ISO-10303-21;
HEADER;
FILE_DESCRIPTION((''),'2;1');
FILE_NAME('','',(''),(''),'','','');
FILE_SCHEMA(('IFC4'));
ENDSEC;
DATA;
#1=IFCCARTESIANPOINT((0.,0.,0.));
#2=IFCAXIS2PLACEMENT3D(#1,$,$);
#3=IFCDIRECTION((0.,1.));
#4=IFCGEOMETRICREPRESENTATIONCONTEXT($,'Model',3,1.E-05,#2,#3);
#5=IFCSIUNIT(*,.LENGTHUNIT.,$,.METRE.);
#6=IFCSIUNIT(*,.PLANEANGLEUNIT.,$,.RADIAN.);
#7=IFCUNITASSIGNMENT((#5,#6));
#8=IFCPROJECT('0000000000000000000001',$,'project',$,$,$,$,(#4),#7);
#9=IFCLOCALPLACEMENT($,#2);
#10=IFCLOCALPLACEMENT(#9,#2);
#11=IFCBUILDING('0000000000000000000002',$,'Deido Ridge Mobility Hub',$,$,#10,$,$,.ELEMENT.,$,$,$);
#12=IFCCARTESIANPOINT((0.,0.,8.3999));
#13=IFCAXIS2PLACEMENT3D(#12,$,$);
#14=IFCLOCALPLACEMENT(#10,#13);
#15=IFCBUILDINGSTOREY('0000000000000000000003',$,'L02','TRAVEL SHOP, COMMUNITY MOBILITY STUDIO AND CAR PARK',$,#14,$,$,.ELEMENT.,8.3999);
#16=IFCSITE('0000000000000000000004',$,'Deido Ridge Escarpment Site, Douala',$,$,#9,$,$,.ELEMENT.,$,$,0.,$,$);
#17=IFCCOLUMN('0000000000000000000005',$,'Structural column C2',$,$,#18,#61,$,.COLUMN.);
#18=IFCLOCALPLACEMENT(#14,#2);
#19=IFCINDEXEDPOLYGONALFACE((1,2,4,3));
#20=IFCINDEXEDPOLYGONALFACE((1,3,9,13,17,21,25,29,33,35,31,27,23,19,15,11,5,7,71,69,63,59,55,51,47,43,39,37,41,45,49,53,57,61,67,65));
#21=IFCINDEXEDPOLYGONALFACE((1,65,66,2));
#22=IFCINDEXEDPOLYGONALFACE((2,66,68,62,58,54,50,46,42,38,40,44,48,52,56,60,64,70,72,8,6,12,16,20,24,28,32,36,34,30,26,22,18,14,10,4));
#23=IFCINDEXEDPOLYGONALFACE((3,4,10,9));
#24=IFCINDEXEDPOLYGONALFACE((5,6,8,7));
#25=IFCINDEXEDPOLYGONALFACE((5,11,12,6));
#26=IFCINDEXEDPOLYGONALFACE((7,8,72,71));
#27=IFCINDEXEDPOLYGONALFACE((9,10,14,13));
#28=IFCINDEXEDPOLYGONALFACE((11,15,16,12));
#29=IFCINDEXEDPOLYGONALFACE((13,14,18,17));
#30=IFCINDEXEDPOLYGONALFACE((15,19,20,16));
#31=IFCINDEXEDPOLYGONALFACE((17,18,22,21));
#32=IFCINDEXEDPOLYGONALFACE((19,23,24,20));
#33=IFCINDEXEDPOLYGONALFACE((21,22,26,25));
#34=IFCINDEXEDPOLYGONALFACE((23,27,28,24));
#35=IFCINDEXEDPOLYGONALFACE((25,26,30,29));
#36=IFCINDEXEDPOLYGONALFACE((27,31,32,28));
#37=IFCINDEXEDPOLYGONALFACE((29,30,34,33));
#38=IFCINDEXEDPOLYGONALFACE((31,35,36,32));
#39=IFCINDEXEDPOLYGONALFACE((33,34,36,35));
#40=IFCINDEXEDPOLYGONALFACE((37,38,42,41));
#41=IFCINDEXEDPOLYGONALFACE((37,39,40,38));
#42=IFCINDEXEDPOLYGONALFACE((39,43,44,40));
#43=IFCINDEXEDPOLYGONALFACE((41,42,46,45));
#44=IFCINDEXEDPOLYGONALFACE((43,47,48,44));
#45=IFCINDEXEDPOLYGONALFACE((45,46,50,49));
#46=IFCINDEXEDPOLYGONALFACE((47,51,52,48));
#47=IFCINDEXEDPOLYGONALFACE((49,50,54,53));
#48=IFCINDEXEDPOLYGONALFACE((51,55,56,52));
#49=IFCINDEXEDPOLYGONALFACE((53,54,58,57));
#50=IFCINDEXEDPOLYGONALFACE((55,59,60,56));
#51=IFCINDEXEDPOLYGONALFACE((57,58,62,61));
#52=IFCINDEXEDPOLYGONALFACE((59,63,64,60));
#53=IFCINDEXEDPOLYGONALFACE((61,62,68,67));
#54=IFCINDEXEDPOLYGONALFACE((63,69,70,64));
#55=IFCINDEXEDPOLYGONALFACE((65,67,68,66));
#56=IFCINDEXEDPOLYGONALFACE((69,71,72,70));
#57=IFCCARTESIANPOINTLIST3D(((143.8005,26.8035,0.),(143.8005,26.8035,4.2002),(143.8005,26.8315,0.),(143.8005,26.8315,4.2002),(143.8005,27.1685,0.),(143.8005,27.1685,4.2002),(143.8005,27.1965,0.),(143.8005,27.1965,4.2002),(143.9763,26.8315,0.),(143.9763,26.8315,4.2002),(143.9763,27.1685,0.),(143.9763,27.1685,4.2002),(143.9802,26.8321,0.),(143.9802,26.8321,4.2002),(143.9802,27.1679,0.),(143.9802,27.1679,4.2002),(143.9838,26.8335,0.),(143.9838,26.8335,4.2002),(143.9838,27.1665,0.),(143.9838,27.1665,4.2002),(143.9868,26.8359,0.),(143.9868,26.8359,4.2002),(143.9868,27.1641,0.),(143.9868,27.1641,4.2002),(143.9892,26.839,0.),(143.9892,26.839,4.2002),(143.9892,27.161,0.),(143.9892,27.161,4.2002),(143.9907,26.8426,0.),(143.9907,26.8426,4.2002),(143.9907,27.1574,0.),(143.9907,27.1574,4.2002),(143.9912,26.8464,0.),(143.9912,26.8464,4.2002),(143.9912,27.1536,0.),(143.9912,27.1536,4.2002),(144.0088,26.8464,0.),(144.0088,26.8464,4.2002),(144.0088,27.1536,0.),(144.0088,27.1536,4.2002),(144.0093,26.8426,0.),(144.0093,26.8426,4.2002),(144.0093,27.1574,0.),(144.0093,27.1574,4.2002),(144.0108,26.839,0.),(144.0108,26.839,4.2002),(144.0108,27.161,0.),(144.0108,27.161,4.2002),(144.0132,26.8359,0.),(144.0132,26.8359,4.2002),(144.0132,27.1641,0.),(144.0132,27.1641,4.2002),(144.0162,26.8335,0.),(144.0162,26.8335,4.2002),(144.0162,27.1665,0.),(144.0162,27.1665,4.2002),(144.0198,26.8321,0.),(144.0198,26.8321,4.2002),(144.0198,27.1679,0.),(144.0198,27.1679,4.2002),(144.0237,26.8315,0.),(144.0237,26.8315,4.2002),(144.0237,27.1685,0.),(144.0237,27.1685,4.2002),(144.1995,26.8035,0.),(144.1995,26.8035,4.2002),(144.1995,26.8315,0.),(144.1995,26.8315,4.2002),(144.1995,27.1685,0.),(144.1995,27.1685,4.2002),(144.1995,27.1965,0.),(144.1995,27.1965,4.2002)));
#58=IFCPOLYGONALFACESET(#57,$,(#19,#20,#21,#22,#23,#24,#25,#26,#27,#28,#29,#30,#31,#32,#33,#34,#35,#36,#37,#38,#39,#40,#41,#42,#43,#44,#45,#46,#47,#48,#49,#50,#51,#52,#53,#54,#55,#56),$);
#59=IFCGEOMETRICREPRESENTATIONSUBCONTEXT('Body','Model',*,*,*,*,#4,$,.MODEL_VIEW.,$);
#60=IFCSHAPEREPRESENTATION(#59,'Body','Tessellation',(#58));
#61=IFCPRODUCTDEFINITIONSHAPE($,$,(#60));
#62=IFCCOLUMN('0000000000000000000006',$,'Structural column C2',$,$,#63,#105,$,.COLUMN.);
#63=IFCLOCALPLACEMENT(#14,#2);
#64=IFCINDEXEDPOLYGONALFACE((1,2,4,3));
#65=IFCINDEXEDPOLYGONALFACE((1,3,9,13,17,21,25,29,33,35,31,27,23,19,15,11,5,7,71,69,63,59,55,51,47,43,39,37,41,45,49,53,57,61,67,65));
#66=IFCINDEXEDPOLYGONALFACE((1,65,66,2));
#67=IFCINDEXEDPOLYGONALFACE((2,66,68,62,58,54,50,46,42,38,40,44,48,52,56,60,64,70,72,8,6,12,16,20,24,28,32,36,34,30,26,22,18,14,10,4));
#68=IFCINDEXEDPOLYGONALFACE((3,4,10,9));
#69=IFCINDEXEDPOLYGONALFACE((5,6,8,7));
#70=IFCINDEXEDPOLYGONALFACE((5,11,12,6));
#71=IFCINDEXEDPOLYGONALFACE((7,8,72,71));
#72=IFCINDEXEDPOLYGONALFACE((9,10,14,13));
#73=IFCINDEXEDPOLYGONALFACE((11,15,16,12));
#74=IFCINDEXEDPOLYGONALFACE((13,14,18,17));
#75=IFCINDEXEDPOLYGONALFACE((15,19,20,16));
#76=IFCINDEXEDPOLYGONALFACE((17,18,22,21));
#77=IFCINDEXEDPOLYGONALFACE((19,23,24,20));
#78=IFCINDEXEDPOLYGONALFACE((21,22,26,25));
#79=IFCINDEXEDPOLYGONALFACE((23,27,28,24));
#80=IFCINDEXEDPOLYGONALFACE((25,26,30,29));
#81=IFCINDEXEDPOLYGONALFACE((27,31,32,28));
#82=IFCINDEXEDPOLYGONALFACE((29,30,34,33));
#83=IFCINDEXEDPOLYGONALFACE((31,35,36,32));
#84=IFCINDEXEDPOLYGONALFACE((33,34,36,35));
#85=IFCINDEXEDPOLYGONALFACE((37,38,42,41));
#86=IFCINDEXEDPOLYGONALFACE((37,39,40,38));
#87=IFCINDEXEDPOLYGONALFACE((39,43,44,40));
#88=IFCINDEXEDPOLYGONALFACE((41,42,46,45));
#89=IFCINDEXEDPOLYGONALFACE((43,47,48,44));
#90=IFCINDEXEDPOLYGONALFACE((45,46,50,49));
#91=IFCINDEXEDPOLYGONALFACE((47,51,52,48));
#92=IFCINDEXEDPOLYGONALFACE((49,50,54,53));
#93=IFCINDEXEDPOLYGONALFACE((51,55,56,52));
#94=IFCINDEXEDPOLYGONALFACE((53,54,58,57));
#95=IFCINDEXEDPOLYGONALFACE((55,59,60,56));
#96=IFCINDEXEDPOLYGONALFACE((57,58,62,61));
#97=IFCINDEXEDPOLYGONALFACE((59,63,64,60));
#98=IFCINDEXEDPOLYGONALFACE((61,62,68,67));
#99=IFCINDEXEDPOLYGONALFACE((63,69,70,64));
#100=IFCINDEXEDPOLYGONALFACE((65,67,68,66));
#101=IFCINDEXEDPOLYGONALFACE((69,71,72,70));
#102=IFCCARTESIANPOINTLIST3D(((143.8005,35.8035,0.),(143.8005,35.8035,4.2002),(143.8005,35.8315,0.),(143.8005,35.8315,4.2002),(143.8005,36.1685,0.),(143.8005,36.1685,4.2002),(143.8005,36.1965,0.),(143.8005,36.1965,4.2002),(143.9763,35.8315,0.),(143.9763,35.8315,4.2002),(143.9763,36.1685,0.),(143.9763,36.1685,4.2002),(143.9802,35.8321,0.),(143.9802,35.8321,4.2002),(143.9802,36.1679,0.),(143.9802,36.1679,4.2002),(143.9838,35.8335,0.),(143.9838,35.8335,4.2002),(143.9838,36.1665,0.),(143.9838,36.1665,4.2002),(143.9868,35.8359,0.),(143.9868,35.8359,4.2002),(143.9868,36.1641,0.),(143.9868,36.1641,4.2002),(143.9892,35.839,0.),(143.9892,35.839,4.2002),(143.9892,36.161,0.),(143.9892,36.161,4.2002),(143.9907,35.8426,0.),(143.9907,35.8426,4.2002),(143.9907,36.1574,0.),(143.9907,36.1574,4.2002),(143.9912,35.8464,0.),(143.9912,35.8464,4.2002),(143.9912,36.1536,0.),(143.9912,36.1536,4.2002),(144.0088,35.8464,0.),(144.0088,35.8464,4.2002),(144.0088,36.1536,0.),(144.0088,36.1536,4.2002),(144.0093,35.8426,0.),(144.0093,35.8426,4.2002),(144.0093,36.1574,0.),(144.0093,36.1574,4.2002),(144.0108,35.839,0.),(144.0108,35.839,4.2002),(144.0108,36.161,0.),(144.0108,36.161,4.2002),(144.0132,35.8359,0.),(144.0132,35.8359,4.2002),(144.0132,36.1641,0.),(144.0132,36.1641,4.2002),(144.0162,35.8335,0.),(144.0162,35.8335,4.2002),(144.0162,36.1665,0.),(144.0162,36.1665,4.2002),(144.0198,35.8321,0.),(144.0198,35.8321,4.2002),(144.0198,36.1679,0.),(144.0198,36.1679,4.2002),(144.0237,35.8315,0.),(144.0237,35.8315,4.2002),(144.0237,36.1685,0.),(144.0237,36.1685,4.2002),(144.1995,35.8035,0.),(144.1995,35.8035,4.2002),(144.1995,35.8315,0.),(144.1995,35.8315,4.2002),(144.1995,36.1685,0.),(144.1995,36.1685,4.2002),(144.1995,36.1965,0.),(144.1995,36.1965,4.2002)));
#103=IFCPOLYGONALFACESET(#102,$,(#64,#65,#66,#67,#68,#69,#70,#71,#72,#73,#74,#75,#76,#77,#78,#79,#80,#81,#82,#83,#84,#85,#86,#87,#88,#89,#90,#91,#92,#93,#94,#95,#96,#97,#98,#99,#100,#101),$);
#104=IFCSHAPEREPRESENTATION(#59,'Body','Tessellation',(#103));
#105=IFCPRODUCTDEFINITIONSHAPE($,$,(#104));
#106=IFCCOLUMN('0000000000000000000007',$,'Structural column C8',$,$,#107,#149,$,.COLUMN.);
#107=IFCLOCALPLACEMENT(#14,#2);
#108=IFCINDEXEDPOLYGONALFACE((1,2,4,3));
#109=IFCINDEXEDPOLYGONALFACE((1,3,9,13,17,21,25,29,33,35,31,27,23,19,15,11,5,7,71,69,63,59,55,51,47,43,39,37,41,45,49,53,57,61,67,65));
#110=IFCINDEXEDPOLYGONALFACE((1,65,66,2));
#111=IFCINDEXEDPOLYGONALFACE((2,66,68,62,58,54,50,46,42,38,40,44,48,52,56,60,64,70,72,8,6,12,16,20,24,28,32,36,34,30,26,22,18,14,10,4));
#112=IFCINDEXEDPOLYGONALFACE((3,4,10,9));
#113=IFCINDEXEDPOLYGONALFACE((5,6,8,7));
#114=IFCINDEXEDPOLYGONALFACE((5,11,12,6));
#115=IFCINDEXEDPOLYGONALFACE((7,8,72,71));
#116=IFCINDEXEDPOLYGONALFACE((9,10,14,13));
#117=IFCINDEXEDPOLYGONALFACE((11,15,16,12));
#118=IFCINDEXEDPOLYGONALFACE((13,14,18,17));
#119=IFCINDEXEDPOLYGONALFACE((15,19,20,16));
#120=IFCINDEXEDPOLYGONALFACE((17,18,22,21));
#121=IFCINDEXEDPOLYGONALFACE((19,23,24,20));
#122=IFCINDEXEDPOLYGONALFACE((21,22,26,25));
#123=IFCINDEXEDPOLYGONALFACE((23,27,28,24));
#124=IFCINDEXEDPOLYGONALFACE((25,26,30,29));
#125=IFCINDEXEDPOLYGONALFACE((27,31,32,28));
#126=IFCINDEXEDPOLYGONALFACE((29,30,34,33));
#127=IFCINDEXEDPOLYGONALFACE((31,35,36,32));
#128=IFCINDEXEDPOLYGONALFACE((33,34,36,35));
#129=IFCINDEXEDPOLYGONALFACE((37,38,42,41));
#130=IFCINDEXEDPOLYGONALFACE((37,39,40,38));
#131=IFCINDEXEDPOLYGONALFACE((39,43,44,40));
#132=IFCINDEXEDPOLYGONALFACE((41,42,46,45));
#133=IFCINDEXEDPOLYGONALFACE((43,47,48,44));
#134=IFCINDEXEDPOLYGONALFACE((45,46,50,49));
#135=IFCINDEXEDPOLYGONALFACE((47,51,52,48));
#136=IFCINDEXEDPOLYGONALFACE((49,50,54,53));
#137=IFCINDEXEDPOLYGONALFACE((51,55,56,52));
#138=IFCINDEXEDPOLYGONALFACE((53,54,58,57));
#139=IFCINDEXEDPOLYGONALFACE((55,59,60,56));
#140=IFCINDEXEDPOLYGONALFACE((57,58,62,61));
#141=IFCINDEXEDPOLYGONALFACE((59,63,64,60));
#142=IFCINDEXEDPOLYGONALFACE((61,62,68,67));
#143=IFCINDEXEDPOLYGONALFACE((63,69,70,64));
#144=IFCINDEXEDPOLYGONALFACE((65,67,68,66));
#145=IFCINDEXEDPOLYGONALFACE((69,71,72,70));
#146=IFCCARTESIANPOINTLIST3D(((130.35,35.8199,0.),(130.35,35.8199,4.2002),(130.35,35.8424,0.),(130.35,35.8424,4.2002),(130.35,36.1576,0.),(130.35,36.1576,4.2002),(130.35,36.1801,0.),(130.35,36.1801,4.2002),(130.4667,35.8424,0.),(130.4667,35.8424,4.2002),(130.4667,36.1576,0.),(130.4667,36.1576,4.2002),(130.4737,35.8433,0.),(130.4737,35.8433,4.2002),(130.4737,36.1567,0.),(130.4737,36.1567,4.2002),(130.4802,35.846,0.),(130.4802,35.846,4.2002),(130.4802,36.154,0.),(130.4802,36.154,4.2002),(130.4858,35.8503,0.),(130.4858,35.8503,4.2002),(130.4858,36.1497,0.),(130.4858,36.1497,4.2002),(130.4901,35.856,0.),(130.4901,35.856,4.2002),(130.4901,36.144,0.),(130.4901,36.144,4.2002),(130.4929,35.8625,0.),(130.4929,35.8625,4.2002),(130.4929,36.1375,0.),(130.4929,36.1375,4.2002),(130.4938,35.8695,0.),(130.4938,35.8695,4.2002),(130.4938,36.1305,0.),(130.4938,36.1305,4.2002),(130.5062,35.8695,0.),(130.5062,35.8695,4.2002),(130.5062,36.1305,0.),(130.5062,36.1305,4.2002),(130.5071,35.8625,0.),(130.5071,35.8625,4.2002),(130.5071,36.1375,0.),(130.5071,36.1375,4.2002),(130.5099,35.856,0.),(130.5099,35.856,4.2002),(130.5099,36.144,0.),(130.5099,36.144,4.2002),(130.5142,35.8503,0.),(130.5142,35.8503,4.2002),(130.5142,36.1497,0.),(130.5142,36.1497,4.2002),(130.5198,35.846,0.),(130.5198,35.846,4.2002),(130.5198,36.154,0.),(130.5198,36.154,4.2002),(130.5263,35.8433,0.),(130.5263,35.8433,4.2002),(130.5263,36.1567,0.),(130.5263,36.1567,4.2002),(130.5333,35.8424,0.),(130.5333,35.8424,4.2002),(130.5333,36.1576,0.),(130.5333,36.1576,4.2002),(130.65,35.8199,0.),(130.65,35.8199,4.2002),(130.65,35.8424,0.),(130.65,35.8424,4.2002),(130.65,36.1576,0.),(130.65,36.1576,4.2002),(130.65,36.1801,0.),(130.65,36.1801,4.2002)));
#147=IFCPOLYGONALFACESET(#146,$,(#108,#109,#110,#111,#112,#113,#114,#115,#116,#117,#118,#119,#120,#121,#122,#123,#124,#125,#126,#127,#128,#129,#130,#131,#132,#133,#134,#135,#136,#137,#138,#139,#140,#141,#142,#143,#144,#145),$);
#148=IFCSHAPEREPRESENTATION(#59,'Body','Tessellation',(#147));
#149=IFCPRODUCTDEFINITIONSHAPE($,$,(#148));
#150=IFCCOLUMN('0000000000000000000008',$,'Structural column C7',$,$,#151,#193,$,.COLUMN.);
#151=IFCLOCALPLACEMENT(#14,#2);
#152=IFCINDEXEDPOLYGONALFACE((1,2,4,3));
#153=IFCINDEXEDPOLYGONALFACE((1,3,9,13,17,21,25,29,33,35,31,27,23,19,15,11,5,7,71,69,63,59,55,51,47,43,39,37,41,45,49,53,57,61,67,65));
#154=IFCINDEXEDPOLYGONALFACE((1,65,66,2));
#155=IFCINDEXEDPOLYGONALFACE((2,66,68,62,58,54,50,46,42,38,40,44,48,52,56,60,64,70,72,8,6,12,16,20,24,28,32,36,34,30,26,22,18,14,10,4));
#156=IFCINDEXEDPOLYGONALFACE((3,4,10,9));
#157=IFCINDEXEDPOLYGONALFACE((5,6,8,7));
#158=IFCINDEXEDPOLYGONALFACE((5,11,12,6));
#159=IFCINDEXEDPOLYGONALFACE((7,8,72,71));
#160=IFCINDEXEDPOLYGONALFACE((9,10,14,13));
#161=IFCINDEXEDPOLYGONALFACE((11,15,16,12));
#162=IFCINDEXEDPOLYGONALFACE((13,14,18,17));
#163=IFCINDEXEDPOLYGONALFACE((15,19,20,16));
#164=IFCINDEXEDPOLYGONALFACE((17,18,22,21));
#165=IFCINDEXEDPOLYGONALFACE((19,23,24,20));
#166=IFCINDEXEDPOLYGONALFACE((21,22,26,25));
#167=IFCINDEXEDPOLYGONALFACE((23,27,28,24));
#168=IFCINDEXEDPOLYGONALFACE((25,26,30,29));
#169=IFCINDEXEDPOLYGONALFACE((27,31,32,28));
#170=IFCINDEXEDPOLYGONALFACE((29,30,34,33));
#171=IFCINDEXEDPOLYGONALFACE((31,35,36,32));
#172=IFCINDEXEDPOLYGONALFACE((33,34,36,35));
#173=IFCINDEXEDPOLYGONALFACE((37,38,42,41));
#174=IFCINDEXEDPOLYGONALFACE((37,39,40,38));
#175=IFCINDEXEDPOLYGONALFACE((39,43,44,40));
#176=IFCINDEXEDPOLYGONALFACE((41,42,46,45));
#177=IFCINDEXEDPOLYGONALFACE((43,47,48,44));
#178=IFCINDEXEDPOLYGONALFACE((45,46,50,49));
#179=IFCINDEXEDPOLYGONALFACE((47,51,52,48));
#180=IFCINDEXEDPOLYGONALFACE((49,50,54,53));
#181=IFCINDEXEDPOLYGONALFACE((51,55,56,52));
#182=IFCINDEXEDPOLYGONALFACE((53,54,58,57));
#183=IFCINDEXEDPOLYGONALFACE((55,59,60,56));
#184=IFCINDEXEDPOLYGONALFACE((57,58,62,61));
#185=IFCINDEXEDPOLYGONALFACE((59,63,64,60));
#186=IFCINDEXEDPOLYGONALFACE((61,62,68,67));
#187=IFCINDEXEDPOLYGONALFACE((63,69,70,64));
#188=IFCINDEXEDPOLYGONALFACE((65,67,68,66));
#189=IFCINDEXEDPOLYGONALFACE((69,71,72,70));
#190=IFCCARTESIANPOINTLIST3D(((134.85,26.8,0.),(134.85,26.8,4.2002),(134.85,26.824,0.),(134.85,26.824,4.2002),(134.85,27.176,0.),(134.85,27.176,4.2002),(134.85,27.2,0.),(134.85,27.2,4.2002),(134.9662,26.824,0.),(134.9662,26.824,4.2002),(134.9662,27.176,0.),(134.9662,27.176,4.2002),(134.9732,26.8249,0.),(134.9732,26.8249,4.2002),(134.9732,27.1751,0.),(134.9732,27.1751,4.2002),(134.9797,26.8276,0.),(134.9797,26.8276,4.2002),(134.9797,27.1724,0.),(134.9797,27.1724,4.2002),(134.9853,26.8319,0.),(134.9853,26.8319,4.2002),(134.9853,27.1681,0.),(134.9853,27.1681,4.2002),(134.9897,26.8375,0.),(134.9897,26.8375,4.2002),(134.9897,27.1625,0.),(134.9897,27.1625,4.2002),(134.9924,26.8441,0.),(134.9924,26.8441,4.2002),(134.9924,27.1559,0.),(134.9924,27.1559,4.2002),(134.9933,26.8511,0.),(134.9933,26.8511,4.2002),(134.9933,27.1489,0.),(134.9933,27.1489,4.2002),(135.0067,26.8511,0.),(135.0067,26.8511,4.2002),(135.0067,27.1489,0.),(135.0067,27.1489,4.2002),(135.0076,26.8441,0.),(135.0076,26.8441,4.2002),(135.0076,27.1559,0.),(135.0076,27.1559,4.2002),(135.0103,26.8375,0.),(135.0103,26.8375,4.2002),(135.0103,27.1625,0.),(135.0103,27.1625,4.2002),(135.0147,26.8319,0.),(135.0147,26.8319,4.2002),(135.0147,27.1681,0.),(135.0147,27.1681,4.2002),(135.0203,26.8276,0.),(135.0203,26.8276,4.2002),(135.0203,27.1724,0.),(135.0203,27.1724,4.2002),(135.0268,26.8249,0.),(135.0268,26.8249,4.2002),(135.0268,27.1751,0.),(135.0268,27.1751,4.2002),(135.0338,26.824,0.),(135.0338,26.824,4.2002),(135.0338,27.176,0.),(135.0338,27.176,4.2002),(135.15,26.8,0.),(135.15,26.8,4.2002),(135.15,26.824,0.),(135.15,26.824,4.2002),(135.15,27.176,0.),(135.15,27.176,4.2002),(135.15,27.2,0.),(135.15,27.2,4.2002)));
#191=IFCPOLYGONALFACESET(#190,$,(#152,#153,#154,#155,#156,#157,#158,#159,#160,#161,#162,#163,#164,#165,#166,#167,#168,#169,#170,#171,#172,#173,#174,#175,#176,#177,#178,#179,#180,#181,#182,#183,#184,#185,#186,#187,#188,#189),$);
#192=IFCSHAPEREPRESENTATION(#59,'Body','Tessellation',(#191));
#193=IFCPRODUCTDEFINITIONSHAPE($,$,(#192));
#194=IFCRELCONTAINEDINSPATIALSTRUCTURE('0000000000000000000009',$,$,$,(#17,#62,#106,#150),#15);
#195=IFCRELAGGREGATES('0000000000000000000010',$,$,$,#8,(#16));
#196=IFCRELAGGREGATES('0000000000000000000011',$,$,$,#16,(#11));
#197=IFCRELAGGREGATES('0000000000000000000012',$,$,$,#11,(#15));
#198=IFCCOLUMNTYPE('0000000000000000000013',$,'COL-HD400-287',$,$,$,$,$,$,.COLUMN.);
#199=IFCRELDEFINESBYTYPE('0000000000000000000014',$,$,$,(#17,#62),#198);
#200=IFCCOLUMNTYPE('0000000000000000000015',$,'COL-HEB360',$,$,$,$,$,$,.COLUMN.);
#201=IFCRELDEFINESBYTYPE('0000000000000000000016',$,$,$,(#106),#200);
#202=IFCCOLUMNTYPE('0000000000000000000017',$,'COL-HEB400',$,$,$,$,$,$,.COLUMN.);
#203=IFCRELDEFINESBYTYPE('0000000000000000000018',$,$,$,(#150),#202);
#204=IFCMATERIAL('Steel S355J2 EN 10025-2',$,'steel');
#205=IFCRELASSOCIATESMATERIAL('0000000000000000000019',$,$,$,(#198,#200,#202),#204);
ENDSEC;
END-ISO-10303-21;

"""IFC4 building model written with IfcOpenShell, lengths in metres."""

from ifc_helpers import new_model, si_unit, direction, frame, origin, origin_2d, place, context, subcontext, project, spatial, i_section, extrude, material, material_profile, profile_set, type_object, element, save


model = new_model("IFC4")

# Units and contexts
model_context = context("Model", 3, precision=1e-05, world=origin(), true_north=direction((0.0, 1.0)))
body_context = subcontext(model_context, "Body", "Model", "MODEL_VIEW")
ifc_project = project(units=[si_unit("LENGTHUNIT", "METRE"), si_unit("PLANEANGLEUNIT", "RADIAN")], contexts=[model_context])

# Site, building, storey
site_placement = place(None, origin())
site = spatial("IfcSite", under=ifc_project, at=site_placement, Name="Deido Ridge Escarpment Site, Douala", CompositionType="ELEMENT", RefElevation=0.0)
building_placement = place(site_placement, origin())
building = spatial("IfcBuilding", under=site, at=building_placement, Name="Deido Ridge Mobility Hub", CompositionType="ELEMENT")
storey_placement = place(building_placement, frame((0.0, 0.0, 8.3999)))
storey = spatial("IfcBuildingStorey", under=building, at=storey_placement, Name="L02", Description="TRAVEL SHOP, COMMUNITY MOBILITY STUDIO AND CAR PARK", CompositionType="ELEMENT", Elevation=8.3999)

# Columns
ifc_material_1 = material(Name="Steel S355J2 EN 10025-2", Category="steel")
ifc_material_profile_1 = material_profile(ifc_material_1, i_section(OverallWidth=0.3989, OverallDepth=0.3931, WebThickness=0.0176, FlangeThickness=0.0281, FilletRadius=0.0149, at=origin_2d()), Name="HD 400x287")
ifc_profile_set_1 = profile_set([ifc_material_profile_1], Name="Steel S355J2 EN 10025-2")
column_type_1 = type_object("IfcColumnType", Name="COL-HD400-287", PredefinedType="COLUMN", material=ifc_profile_set_1)
for number, where, z_axis, x_axis, name in (
    (1, (144.0, 27.0, 0.0), (0.0, 0.0, 1.0), (1.0, 0.0, 0.0), "Structural column C2"),
    (2, (144.0, 36.0, 0.0), (0.0, 0.0, 1.0), (1.0, 0.0, 0.0), "Structural column C2"),
):
    element("IfcColumn", number, at=place(storey_placement, frame(where, z_axis=z_axis, x_axis=x_axis)), inside=storey, type_object=column_type_1, Name=name, PredefinedType="COLUMN", context=body_context, shape_type="SweptSolid", body=[
        extrude(i_section(OverallWidth=0.3989, OverallDepth=0.3931, WebThickness=0.0176, FlangeThickness=0.0281, FilletRadius=0.0149, at=origin_2d()), origin(), (0.0, 0.0, 1.0), 4.2002),
    ])
ifc_material_profile_2 = material_profile(ifc_material_1, i_section(OverallWidth=0.3, OverallDepth=0.3601, WebThickness=0.0125, FlangeThickness=0.0225, FilletRadius=0.0271, at=origin_2d()), Name="HEB 360")
ifc_profile_set_2 = profile_set([ifc_material_profile_2], Name="Steel S355J2 EN 10025-2")
column_type_2 = type_object("IfcColumnType", Name="COL-HEB360", PredefinedType="COLUMN", material=ifc_profile_set_2)
column_1_placement = place(storey_placement, frame((130.5, 36.0, 0.0), z_axis=(0.0, 0.0, 1.0), x_axis=(1.0, 0.0, 0.0)))
element("IfcColumn", 3, at=column_1_placement, inside=storey, type_object=column_type_2, Name="Structural column C8", PredefinedType="COLUMN", context=body_context, shape_type="SweptSolid", body=[
    extrude(i_section(OverallWidth=0.3, OverallDepth=0.3601, WebThickness=0.0125, FlangeThickness=0.0225, FilletRadius=0.0271, at=origin_2d()), origin(), (0.0, 0.0, 1.0), 4.2002),
])
ifc_material_profile_3 = material_profile(ifc_material_1, i_section(OverallWidth=0.3, OverallDepth=0.3999, WebThickness=0.0134, FlangeThickness=0.0239, FilletRadius=0.0271, at=origin_2d()), Name="HEB 400")
ifc_profile_set_3 = profile_set([ifc_material_profile_3], Name="Steel S355J2 EN 10025-2")
column_type_3 = type_object("IfcColumnType", Name="COL-HEB400", PredefinedType="COLUMN", material=ifc_profile_set_3)
for number, where, z_axis, x_axis, name in (
    (4, (135.0, 27.0, 0.0), (0.0, 0.0, 1.0), (1.0, 0.0, 0.0), "Structural column C7"),
):
    element("IfcColumn", number, at=place(storey_placement, frame(where, z_axis=z_axis, x_axis=x_axis)), inside=storey, type_object=column_type_3, Name=name, PredefinedType="COLUMN", context=body_context, shape_type="SweptSolid", body=[
        extrude(i_section(OverallWidth=0.3, OverallDepth=0.3999, WebThickness=0.0134, FlangeThickness=0.0239, FilletRadius=0.0271, at=origin_2d()), origin(), (0.0, 0.0, 1.0), 4.2002),
    ])

save(model, "model.ifc")
